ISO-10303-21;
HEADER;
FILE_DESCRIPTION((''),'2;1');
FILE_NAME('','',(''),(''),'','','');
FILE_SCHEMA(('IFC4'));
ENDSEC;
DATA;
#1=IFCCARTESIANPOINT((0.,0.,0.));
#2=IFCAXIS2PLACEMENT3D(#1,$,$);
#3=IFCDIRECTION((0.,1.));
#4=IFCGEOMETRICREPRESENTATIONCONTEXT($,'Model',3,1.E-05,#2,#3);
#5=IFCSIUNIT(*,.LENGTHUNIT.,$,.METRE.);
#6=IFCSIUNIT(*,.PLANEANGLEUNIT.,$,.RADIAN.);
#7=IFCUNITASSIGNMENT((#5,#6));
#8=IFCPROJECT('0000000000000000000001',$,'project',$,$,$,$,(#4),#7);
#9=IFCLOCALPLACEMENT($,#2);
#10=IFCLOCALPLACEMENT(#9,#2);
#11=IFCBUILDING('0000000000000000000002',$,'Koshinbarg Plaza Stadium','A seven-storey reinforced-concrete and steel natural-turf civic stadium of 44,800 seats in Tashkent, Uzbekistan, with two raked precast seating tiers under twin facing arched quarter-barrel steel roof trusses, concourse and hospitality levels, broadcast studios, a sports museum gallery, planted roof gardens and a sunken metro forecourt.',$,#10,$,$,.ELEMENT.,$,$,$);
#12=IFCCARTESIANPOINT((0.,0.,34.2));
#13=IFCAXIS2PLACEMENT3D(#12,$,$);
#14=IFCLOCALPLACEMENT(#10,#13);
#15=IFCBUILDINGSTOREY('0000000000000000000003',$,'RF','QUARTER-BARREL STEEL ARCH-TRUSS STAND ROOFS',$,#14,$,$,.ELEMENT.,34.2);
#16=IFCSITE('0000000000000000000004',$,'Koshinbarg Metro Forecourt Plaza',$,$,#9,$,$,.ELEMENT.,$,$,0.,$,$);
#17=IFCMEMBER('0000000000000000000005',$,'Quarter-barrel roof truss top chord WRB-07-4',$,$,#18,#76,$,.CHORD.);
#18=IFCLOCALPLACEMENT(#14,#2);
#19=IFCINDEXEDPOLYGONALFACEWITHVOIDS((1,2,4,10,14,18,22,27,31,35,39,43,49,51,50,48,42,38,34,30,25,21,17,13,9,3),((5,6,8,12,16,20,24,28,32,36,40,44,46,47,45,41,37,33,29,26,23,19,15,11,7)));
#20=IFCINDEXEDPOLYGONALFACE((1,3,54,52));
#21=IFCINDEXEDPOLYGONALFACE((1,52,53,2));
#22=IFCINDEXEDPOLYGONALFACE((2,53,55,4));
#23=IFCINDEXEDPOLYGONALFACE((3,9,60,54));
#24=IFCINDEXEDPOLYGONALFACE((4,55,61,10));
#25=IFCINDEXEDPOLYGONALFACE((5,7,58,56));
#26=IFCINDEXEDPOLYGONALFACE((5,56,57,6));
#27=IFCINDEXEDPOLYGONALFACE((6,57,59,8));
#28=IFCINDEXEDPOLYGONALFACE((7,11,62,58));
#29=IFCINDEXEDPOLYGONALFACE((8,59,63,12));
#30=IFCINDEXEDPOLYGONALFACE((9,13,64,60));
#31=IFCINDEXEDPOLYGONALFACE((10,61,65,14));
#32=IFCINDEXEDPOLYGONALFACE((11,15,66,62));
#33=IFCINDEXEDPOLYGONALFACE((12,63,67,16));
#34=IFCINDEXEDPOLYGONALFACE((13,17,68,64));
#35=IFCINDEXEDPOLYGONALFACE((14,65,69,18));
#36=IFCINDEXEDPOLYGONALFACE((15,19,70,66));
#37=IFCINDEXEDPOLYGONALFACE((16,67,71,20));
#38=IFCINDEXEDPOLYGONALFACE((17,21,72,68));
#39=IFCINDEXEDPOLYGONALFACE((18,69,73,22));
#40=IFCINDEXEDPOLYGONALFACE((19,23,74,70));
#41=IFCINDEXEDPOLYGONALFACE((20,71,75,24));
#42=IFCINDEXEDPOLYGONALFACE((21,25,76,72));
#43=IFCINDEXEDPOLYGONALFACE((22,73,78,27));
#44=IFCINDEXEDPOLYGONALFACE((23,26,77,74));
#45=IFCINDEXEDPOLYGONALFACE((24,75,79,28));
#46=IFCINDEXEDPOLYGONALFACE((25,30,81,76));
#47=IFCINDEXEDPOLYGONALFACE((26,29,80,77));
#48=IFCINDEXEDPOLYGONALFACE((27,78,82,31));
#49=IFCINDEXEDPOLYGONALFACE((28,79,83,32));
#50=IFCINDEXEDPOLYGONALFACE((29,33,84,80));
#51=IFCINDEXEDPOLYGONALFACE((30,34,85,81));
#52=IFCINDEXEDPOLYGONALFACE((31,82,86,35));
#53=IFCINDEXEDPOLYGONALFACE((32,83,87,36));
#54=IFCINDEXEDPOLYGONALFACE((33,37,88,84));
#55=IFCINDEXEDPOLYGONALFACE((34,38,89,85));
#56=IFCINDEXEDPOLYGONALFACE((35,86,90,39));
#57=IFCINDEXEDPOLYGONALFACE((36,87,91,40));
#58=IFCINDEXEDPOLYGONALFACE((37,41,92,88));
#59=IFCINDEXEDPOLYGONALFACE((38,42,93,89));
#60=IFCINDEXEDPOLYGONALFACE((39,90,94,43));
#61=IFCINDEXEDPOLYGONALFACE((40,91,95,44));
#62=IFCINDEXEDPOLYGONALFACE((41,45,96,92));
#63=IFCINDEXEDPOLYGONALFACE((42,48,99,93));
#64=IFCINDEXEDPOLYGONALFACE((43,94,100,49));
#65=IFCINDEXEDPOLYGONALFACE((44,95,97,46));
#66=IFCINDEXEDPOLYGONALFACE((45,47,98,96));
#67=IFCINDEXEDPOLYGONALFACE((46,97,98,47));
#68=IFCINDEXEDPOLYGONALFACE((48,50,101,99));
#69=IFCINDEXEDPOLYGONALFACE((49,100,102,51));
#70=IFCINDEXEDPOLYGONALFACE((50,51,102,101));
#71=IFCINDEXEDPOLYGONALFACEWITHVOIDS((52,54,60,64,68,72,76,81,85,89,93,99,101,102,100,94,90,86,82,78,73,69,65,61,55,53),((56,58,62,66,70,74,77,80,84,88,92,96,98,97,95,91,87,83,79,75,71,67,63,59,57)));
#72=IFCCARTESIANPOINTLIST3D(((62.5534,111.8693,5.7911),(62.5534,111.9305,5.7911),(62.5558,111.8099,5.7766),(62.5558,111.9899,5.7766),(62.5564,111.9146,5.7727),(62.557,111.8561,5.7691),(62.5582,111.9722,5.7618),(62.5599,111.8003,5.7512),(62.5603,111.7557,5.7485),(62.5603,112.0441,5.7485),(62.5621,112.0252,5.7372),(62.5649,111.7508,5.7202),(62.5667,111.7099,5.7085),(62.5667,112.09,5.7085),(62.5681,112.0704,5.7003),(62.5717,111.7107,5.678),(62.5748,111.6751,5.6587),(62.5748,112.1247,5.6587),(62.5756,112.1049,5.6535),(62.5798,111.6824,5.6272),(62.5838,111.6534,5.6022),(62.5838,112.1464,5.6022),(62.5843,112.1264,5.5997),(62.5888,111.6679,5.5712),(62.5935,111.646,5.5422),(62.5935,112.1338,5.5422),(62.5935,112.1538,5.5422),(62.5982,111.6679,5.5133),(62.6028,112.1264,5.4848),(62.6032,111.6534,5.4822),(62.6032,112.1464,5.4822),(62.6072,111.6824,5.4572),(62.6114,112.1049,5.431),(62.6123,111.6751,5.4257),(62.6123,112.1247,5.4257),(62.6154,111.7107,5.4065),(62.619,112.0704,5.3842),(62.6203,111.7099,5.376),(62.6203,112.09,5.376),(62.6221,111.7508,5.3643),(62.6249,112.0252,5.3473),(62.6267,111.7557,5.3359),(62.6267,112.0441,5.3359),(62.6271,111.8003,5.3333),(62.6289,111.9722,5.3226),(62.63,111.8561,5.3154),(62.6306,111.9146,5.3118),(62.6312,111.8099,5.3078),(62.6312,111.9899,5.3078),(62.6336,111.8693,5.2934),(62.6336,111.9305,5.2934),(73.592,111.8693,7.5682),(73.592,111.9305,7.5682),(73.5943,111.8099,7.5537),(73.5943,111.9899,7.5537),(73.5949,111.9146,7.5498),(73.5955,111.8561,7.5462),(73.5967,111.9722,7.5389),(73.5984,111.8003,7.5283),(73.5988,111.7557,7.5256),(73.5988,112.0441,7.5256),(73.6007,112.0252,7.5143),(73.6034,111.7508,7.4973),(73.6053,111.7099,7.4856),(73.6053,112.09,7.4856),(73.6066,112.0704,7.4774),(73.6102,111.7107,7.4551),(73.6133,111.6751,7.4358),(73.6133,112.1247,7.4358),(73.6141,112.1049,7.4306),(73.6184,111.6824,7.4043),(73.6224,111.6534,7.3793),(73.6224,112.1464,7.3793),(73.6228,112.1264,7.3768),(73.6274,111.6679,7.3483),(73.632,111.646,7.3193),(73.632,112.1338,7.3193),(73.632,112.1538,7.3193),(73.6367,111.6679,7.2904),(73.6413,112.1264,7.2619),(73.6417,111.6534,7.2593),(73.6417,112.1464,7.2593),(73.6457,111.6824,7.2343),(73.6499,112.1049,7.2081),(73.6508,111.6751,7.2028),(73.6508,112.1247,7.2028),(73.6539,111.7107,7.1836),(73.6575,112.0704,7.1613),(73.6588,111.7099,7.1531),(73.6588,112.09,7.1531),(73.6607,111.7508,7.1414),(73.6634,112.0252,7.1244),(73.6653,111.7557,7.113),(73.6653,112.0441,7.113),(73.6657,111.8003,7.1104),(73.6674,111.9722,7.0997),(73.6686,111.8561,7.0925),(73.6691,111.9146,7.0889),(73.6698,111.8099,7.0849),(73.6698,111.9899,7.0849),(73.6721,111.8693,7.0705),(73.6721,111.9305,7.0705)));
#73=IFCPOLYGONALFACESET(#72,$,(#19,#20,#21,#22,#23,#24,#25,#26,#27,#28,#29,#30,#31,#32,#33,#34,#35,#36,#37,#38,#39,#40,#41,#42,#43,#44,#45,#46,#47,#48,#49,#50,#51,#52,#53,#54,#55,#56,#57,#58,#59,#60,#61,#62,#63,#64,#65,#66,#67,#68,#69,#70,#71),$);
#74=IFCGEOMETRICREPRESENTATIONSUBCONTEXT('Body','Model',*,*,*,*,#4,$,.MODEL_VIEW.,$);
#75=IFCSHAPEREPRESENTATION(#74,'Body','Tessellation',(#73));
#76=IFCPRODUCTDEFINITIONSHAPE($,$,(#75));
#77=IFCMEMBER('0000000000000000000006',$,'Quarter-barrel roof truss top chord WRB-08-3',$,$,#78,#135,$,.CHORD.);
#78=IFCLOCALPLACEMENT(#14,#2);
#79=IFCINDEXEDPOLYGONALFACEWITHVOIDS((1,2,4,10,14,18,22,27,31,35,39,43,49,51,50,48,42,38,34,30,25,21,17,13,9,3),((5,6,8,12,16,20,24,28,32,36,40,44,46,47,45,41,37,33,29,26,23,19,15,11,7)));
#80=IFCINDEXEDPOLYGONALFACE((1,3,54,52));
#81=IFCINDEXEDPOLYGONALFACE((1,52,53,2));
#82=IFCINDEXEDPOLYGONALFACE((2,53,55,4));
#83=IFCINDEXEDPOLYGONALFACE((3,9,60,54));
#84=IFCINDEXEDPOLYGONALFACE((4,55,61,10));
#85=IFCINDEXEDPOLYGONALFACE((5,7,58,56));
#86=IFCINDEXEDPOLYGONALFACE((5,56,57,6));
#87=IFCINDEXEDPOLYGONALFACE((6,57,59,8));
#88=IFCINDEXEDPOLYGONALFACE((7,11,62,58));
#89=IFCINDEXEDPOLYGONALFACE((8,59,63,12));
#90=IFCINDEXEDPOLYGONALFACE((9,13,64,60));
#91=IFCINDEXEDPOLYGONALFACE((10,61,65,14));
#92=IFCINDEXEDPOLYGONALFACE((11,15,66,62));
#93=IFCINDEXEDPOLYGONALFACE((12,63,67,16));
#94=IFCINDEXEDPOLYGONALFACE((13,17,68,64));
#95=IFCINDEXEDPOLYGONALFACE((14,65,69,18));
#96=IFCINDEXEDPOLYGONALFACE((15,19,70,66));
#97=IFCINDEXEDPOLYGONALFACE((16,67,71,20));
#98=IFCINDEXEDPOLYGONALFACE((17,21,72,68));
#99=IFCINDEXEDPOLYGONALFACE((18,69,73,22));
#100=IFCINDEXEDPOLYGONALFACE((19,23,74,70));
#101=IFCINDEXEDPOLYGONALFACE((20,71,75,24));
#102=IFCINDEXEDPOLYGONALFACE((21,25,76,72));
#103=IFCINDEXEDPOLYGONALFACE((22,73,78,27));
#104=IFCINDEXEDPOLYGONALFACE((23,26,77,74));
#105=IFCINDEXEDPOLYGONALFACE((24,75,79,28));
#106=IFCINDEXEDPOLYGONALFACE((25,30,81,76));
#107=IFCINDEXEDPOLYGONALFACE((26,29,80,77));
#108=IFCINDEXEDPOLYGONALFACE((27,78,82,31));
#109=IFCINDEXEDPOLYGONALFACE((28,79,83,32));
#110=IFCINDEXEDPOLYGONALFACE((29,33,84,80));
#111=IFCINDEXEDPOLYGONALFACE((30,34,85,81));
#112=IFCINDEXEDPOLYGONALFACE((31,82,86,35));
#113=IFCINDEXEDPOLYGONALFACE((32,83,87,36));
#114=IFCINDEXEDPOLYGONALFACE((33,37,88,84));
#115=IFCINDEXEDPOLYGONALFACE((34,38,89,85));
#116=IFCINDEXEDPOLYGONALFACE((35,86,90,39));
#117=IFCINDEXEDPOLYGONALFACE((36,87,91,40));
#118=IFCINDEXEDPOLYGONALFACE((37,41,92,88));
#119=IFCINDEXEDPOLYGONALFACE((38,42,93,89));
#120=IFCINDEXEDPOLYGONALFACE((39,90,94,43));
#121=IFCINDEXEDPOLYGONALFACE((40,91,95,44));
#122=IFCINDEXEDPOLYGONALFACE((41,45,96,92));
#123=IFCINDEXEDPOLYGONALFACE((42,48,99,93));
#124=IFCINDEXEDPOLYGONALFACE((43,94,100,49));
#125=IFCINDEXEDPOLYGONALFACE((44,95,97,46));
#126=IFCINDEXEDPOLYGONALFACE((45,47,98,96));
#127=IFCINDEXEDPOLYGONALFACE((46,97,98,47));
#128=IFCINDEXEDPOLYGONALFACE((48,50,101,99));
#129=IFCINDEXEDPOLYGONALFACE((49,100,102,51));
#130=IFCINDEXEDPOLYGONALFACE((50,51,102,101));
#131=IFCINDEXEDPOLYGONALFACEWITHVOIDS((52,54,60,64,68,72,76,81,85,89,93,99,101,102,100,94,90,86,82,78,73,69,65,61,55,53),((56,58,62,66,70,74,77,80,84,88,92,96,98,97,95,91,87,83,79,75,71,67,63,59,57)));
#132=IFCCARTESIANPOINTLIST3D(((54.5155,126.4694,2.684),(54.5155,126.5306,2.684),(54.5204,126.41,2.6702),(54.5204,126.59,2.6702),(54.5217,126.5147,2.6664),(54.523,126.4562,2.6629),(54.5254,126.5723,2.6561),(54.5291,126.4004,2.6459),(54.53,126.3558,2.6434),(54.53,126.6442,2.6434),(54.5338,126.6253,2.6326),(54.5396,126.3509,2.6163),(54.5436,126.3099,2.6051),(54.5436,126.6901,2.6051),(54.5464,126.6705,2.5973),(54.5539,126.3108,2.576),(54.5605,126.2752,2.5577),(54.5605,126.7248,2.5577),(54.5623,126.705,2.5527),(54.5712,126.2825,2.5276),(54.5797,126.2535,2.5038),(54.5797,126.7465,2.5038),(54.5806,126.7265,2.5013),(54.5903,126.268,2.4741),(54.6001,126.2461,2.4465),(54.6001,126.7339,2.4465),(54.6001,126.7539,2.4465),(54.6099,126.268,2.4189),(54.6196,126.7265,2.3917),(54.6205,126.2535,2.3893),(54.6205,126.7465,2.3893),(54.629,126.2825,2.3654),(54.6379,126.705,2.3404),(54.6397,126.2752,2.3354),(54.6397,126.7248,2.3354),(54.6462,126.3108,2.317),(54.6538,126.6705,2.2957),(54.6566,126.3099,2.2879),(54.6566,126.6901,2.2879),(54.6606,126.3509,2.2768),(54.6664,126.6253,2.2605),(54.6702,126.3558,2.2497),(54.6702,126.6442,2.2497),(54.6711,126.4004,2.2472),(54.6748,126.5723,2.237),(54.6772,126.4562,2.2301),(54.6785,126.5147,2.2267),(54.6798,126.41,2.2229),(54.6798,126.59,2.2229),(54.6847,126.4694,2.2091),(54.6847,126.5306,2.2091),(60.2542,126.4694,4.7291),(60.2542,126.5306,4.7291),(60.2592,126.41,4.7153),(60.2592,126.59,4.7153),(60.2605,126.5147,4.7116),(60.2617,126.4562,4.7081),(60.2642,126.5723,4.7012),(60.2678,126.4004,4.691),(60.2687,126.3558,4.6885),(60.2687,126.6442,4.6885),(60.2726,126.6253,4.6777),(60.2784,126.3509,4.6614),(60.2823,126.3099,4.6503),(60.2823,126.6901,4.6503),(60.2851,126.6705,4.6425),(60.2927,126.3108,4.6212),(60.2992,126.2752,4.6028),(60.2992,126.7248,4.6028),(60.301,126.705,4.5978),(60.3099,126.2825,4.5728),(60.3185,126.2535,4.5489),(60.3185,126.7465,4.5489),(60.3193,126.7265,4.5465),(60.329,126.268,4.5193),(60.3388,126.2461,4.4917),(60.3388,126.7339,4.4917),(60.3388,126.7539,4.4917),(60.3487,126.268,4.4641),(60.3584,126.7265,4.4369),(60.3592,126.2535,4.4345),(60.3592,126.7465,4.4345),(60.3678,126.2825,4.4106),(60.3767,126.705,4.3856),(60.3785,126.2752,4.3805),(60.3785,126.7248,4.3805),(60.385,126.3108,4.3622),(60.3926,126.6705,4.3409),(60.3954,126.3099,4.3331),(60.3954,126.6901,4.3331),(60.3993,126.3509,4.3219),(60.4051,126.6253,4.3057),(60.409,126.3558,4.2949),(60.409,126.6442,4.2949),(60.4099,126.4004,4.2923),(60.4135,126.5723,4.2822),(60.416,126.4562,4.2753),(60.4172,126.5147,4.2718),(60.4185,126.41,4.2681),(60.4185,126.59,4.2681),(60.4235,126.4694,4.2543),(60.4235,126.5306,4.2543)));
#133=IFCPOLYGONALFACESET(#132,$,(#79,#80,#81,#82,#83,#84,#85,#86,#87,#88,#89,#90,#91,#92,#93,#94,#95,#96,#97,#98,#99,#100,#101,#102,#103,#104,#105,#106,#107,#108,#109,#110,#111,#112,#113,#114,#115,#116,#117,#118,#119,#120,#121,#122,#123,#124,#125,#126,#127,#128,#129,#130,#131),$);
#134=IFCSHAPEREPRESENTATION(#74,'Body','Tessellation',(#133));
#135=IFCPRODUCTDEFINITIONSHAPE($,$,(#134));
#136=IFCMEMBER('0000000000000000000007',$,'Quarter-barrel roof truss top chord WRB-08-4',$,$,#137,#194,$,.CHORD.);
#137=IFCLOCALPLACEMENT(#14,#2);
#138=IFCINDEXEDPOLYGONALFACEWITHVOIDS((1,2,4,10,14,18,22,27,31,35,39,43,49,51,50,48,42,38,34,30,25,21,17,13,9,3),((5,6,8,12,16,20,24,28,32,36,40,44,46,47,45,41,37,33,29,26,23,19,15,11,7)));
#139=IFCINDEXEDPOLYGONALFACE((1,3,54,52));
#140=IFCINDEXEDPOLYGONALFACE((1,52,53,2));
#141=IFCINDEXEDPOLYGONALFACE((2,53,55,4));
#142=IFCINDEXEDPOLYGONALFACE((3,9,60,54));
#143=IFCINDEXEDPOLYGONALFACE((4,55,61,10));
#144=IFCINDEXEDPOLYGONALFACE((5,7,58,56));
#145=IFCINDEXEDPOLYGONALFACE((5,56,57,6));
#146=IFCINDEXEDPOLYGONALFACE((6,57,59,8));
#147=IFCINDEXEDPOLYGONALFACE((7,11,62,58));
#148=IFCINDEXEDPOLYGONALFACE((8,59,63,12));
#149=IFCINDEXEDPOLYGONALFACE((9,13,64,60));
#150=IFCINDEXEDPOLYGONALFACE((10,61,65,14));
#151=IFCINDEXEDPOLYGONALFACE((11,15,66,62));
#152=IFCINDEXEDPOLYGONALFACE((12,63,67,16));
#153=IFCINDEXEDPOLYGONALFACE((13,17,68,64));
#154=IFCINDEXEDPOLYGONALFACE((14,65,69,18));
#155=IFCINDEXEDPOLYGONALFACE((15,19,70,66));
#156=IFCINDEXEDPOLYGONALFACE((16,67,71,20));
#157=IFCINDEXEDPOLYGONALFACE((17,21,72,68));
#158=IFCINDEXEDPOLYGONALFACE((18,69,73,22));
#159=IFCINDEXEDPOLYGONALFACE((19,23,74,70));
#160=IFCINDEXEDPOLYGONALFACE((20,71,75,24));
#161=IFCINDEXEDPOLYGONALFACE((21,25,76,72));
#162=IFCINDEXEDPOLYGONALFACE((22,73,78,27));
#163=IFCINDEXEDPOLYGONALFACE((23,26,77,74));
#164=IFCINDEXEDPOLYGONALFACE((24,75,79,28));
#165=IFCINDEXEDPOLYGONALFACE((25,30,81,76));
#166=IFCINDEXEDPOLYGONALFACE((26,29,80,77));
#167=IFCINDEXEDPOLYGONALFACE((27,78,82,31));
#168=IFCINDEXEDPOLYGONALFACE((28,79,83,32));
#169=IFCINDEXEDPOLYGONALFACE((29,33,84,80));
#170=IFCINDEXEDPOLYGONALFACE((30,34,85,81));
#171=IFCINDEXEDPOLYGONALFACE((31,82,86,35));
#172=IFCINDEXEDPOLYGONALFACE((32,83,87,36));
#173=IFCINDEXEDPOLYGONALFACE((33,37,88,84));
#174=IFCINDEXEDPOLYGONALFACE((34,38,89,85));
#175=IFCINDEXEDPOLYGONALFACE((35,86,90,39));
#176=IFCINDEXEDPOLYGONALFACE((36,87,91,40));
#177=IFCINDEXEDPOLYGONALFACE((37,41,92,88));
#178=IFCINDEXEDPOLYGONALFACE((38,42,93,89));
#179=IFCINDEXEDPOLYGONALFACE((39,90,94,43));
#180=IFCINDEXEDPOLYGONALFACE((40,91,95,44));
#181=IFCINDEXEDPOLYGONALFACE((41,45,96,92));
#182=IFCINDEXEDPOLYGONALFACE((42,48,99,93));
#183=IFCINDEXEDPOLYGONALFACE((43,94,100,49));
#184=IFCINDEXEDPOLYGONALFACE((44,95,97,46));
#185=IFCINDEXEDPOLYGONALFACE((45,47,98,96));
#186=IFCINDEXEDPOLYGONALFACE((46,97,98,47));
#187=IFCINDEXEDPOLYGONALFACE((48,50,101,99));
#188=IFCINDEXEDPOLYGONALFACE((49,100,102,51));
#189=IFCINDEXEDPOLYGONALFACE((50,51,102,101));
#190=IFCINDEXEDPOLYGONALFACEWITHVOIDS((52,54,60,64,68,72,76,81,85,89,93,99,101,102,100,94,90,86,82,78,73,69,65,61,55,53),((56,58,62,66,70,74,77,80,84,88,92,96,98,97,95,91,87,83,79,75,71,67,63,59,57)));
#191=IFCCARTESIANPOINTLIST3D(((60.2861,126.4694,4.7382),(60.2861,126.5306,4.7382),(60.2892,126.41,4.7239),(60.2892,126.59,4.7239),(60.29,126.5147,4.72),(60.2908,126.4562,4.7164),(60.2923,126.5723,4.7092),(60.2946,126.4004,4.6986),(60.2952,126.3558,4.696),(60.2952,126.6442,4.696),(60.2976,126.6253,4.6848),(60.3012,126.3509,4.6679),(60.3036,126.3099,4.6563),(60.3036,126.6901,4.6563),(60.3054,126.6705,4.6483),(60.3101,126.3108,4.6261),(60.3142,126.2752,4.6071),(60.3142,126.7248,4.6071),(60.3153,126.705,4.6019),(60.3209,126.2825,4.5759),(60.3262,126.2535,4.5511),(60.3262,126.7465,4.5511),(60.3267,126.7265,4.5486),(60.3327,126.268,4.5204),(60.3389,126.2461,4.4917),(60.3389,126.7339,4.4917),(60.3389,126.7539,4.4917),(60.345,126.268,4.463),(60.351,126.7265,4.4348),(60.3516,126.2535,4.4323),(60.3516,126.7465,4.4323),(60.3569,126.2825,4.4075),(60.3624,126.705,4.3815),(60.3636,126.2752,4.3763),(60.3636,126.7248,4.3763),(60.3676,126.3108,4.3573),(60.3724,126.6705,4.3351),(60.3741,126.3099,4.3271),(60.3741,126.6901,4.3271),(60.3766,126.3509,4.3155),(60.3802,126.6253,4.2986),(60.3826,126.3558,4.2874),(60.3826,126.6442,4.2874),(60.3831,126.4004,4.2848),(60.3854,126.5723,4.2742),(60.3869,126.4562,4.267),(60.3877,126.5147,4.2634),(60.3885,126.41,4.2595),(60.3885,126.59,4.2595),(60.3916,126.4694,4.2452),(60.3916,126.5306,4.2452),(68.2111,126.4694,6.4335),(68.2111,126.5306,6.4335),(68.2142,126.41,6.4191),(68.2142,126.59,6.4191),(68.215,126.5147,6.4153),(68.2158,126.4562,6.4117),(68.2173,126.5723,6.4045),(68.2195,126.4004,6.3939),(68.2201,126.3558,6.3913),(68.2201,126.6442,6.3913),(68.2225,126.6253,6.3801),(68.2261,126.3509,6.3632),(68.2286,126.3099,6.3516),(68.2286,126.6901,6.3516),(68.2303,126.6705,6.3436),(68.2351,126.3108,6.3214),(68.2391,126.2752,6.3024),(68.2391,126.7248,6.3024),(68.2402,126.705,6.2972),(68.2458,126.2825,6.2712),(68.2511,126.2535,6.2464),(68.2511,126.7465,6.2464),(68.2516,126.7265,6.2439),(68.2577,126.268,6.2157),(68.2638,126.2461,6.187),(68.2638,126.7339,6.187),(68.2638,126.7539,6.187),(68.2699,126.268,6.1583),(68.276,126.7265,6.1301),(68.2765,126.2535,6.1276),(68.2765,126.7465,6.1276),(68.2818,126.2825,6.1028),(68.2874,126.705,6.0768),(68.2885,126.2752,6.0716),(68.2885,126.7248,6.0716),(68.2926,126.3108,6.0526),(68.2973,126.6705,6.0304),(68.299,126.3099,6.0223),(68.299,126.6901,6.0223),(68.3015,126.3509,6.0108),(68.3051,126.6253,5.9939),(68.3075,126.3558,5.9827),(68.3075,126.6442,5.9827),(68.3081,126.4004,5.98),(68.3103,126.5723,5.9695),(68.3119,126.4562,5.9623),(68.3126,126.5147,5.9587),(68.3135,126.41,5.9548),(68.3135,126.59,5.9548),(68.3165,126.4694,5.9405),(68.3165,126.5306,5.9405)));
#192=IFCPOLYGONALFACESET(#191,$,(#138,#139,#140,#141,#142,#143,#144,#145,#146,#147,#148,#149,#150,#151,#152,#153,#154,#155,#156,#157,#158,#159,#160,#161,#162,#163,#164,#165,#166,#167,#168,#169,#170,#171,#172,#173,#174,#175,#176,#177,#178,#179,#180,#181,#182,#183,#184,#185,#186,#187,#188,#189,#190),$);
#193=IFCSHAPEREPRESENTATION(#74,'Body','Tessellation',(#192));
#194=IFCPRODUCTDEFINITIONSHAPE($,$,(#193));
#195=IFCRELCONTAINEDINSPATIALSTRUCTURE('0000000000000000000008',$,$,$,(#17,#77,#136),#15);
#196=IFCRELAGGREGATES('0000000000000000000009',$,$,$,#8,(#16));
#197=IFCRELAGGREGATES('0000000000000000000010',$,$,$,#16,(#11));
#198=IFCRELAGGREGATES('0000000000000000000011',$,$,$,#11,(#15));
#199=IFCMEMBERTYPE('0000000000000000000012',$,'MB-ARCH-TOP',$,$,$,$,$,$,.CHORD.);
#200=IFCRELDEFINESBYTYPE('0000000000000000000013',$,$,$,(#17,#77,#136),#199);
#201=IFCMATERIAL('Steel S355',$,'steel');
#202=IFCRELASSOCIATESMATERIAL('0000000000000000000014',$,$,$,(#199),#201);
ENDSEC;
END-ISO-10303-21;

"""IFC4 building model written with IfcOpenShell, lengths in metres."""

from ifc_helpers import new_model, si_unit, direction, frame, origin, origin_2d, place, context, subcontext, project, spatial, hollow_circle, extrude, material, material_profile, profile_set, type_object, element, save


model = new_model("IFC4")

# Units and contexts
model_context = context("Model", 3, precision=1e-05, world=origin(), true_north=direction((0.0, 1.0)))
body_context = subcontext(model_context, "Body", "Model", "MODEL_VIEW")
ifc_project = project(units=[si_unit("LENGTHUNIT", "METRE"), si_unit("PLANEANGLEUNIT", "RADIAN")], contexts=[model_context])

# Site, building, storey
site_placement = place(None, origin())
site = spatial("IfcSite", under=ifc_project, at=site_placement, Name="Koshinbarg Metro Forecourt Plaza", CompositionType="ELEMENT", RefElevation=0.0)
building_placement = place(site_placement, origin())
building = spatial("IfcBuilding", under=site, at=building_placement, Name="Koshinbarg Plaza Stadium", Description="A seven-storey reinforced-concrete and steel natural-turf civic stadium of 44,800 seats in Tashkent, Uzbekistan, with two raked precast seating tiers under twin facing arched quarter-barrel steel roof trusses, concourse and hospitality levels, broadcast studios, a sports museum gallery, planted roof gardens and a sunken metro forecourt.", CompositionType="ELEMENT")
storey_placement = place(building_placement, frame((0.0, 0.0, 34.2)))
storey = spatial("IfcBuildingStorey", under=building, at=storey_placement, Name="RF", Description="QUARTER-BARREL STEEL ARCH-TRUSS STAND ROOFS", CompositionType="ELEMENT", Elevation=34.2)

# Members
ifc_material_1 = material(Name="Steel S355", Category="steel")
ifc_material_profile_1 = material_profile(ifc_material_1, hollow_circle(Radius=0.2539, WallThickness=0.02, at=origin_2d()), Name="CHS 508x20")
ifc_profile_set_1 = profile_set([ifc_material_profile_1], Name="Steel S355")
member_type_1 = type_object("IfcMemberType", Name="MB-ARCH-TOP", PredefinedType="CHORD", material=ifc_profile_set_1)
member_1_placement = place(storey_placement, frame((62.5935, 111.8999, 5.5422), z_axis=(0.987288, 0.0, 0.158943), x_axis=(0.0, 1.0, 0.0)))
element("IfcMember", 1, at=member_1_placement, inside=storey, type_object=member_type_1, Name="Quarter-barrel roof truss top chord WRB-07-4", PredefinedType="CHORD", context=body_context, shape_type="SweptSolid", body=[
    extrude(hollow_circle(Radius=0.2539, WallThickness=0.02, at=origin_2d()), origin(), (0.0, 0.0, 1.0), 11.1807),
])
member_2_placement = place(storey_placement, frame((54.6001, 126.5, 2.4465), z_axis=(0.94197, 0.0, 0.335697), x_axis=(0.0, 1.0, 0.0)))
element("IfcMember", 2, at=member_2_placement, inside=storey, type_object=member_type_1, Name="Quarter-barrel roof truss top chord WRB-08-3", PredefinedType="CHORD", context=body_context, shape_type="SweptSolid", body=[
    extrude(hollow_circle(Radius=0.2539, WallThickness=0.02, at=origin_2d()), origin(), (0.0, 0.0, 1.0), 6.0923),
])
member_3_placement = place(storey_placement, frame((60.3389, 126.5, 4.4917), z_axis=(0.977876, 0.0, 0.209186), x_axis=(0.0, 1.0, 0.0)))
element("IfcMember", 3, at=member_3_placement, inside=storey, type_object=member_type_1, Name="Quarter-barrel roof truss top chord WRB-08-4", PredefinedType="CHORD", context=body_context, shape_type="SweptSolid", body=[
    extrude(hollow_circle(Radius=0.2539, WallThickness=0.02, at=origin_2d()), origin(), (0.0, 0.0, 1.0), 8.1042),
])

save(model, "model.ifc")
